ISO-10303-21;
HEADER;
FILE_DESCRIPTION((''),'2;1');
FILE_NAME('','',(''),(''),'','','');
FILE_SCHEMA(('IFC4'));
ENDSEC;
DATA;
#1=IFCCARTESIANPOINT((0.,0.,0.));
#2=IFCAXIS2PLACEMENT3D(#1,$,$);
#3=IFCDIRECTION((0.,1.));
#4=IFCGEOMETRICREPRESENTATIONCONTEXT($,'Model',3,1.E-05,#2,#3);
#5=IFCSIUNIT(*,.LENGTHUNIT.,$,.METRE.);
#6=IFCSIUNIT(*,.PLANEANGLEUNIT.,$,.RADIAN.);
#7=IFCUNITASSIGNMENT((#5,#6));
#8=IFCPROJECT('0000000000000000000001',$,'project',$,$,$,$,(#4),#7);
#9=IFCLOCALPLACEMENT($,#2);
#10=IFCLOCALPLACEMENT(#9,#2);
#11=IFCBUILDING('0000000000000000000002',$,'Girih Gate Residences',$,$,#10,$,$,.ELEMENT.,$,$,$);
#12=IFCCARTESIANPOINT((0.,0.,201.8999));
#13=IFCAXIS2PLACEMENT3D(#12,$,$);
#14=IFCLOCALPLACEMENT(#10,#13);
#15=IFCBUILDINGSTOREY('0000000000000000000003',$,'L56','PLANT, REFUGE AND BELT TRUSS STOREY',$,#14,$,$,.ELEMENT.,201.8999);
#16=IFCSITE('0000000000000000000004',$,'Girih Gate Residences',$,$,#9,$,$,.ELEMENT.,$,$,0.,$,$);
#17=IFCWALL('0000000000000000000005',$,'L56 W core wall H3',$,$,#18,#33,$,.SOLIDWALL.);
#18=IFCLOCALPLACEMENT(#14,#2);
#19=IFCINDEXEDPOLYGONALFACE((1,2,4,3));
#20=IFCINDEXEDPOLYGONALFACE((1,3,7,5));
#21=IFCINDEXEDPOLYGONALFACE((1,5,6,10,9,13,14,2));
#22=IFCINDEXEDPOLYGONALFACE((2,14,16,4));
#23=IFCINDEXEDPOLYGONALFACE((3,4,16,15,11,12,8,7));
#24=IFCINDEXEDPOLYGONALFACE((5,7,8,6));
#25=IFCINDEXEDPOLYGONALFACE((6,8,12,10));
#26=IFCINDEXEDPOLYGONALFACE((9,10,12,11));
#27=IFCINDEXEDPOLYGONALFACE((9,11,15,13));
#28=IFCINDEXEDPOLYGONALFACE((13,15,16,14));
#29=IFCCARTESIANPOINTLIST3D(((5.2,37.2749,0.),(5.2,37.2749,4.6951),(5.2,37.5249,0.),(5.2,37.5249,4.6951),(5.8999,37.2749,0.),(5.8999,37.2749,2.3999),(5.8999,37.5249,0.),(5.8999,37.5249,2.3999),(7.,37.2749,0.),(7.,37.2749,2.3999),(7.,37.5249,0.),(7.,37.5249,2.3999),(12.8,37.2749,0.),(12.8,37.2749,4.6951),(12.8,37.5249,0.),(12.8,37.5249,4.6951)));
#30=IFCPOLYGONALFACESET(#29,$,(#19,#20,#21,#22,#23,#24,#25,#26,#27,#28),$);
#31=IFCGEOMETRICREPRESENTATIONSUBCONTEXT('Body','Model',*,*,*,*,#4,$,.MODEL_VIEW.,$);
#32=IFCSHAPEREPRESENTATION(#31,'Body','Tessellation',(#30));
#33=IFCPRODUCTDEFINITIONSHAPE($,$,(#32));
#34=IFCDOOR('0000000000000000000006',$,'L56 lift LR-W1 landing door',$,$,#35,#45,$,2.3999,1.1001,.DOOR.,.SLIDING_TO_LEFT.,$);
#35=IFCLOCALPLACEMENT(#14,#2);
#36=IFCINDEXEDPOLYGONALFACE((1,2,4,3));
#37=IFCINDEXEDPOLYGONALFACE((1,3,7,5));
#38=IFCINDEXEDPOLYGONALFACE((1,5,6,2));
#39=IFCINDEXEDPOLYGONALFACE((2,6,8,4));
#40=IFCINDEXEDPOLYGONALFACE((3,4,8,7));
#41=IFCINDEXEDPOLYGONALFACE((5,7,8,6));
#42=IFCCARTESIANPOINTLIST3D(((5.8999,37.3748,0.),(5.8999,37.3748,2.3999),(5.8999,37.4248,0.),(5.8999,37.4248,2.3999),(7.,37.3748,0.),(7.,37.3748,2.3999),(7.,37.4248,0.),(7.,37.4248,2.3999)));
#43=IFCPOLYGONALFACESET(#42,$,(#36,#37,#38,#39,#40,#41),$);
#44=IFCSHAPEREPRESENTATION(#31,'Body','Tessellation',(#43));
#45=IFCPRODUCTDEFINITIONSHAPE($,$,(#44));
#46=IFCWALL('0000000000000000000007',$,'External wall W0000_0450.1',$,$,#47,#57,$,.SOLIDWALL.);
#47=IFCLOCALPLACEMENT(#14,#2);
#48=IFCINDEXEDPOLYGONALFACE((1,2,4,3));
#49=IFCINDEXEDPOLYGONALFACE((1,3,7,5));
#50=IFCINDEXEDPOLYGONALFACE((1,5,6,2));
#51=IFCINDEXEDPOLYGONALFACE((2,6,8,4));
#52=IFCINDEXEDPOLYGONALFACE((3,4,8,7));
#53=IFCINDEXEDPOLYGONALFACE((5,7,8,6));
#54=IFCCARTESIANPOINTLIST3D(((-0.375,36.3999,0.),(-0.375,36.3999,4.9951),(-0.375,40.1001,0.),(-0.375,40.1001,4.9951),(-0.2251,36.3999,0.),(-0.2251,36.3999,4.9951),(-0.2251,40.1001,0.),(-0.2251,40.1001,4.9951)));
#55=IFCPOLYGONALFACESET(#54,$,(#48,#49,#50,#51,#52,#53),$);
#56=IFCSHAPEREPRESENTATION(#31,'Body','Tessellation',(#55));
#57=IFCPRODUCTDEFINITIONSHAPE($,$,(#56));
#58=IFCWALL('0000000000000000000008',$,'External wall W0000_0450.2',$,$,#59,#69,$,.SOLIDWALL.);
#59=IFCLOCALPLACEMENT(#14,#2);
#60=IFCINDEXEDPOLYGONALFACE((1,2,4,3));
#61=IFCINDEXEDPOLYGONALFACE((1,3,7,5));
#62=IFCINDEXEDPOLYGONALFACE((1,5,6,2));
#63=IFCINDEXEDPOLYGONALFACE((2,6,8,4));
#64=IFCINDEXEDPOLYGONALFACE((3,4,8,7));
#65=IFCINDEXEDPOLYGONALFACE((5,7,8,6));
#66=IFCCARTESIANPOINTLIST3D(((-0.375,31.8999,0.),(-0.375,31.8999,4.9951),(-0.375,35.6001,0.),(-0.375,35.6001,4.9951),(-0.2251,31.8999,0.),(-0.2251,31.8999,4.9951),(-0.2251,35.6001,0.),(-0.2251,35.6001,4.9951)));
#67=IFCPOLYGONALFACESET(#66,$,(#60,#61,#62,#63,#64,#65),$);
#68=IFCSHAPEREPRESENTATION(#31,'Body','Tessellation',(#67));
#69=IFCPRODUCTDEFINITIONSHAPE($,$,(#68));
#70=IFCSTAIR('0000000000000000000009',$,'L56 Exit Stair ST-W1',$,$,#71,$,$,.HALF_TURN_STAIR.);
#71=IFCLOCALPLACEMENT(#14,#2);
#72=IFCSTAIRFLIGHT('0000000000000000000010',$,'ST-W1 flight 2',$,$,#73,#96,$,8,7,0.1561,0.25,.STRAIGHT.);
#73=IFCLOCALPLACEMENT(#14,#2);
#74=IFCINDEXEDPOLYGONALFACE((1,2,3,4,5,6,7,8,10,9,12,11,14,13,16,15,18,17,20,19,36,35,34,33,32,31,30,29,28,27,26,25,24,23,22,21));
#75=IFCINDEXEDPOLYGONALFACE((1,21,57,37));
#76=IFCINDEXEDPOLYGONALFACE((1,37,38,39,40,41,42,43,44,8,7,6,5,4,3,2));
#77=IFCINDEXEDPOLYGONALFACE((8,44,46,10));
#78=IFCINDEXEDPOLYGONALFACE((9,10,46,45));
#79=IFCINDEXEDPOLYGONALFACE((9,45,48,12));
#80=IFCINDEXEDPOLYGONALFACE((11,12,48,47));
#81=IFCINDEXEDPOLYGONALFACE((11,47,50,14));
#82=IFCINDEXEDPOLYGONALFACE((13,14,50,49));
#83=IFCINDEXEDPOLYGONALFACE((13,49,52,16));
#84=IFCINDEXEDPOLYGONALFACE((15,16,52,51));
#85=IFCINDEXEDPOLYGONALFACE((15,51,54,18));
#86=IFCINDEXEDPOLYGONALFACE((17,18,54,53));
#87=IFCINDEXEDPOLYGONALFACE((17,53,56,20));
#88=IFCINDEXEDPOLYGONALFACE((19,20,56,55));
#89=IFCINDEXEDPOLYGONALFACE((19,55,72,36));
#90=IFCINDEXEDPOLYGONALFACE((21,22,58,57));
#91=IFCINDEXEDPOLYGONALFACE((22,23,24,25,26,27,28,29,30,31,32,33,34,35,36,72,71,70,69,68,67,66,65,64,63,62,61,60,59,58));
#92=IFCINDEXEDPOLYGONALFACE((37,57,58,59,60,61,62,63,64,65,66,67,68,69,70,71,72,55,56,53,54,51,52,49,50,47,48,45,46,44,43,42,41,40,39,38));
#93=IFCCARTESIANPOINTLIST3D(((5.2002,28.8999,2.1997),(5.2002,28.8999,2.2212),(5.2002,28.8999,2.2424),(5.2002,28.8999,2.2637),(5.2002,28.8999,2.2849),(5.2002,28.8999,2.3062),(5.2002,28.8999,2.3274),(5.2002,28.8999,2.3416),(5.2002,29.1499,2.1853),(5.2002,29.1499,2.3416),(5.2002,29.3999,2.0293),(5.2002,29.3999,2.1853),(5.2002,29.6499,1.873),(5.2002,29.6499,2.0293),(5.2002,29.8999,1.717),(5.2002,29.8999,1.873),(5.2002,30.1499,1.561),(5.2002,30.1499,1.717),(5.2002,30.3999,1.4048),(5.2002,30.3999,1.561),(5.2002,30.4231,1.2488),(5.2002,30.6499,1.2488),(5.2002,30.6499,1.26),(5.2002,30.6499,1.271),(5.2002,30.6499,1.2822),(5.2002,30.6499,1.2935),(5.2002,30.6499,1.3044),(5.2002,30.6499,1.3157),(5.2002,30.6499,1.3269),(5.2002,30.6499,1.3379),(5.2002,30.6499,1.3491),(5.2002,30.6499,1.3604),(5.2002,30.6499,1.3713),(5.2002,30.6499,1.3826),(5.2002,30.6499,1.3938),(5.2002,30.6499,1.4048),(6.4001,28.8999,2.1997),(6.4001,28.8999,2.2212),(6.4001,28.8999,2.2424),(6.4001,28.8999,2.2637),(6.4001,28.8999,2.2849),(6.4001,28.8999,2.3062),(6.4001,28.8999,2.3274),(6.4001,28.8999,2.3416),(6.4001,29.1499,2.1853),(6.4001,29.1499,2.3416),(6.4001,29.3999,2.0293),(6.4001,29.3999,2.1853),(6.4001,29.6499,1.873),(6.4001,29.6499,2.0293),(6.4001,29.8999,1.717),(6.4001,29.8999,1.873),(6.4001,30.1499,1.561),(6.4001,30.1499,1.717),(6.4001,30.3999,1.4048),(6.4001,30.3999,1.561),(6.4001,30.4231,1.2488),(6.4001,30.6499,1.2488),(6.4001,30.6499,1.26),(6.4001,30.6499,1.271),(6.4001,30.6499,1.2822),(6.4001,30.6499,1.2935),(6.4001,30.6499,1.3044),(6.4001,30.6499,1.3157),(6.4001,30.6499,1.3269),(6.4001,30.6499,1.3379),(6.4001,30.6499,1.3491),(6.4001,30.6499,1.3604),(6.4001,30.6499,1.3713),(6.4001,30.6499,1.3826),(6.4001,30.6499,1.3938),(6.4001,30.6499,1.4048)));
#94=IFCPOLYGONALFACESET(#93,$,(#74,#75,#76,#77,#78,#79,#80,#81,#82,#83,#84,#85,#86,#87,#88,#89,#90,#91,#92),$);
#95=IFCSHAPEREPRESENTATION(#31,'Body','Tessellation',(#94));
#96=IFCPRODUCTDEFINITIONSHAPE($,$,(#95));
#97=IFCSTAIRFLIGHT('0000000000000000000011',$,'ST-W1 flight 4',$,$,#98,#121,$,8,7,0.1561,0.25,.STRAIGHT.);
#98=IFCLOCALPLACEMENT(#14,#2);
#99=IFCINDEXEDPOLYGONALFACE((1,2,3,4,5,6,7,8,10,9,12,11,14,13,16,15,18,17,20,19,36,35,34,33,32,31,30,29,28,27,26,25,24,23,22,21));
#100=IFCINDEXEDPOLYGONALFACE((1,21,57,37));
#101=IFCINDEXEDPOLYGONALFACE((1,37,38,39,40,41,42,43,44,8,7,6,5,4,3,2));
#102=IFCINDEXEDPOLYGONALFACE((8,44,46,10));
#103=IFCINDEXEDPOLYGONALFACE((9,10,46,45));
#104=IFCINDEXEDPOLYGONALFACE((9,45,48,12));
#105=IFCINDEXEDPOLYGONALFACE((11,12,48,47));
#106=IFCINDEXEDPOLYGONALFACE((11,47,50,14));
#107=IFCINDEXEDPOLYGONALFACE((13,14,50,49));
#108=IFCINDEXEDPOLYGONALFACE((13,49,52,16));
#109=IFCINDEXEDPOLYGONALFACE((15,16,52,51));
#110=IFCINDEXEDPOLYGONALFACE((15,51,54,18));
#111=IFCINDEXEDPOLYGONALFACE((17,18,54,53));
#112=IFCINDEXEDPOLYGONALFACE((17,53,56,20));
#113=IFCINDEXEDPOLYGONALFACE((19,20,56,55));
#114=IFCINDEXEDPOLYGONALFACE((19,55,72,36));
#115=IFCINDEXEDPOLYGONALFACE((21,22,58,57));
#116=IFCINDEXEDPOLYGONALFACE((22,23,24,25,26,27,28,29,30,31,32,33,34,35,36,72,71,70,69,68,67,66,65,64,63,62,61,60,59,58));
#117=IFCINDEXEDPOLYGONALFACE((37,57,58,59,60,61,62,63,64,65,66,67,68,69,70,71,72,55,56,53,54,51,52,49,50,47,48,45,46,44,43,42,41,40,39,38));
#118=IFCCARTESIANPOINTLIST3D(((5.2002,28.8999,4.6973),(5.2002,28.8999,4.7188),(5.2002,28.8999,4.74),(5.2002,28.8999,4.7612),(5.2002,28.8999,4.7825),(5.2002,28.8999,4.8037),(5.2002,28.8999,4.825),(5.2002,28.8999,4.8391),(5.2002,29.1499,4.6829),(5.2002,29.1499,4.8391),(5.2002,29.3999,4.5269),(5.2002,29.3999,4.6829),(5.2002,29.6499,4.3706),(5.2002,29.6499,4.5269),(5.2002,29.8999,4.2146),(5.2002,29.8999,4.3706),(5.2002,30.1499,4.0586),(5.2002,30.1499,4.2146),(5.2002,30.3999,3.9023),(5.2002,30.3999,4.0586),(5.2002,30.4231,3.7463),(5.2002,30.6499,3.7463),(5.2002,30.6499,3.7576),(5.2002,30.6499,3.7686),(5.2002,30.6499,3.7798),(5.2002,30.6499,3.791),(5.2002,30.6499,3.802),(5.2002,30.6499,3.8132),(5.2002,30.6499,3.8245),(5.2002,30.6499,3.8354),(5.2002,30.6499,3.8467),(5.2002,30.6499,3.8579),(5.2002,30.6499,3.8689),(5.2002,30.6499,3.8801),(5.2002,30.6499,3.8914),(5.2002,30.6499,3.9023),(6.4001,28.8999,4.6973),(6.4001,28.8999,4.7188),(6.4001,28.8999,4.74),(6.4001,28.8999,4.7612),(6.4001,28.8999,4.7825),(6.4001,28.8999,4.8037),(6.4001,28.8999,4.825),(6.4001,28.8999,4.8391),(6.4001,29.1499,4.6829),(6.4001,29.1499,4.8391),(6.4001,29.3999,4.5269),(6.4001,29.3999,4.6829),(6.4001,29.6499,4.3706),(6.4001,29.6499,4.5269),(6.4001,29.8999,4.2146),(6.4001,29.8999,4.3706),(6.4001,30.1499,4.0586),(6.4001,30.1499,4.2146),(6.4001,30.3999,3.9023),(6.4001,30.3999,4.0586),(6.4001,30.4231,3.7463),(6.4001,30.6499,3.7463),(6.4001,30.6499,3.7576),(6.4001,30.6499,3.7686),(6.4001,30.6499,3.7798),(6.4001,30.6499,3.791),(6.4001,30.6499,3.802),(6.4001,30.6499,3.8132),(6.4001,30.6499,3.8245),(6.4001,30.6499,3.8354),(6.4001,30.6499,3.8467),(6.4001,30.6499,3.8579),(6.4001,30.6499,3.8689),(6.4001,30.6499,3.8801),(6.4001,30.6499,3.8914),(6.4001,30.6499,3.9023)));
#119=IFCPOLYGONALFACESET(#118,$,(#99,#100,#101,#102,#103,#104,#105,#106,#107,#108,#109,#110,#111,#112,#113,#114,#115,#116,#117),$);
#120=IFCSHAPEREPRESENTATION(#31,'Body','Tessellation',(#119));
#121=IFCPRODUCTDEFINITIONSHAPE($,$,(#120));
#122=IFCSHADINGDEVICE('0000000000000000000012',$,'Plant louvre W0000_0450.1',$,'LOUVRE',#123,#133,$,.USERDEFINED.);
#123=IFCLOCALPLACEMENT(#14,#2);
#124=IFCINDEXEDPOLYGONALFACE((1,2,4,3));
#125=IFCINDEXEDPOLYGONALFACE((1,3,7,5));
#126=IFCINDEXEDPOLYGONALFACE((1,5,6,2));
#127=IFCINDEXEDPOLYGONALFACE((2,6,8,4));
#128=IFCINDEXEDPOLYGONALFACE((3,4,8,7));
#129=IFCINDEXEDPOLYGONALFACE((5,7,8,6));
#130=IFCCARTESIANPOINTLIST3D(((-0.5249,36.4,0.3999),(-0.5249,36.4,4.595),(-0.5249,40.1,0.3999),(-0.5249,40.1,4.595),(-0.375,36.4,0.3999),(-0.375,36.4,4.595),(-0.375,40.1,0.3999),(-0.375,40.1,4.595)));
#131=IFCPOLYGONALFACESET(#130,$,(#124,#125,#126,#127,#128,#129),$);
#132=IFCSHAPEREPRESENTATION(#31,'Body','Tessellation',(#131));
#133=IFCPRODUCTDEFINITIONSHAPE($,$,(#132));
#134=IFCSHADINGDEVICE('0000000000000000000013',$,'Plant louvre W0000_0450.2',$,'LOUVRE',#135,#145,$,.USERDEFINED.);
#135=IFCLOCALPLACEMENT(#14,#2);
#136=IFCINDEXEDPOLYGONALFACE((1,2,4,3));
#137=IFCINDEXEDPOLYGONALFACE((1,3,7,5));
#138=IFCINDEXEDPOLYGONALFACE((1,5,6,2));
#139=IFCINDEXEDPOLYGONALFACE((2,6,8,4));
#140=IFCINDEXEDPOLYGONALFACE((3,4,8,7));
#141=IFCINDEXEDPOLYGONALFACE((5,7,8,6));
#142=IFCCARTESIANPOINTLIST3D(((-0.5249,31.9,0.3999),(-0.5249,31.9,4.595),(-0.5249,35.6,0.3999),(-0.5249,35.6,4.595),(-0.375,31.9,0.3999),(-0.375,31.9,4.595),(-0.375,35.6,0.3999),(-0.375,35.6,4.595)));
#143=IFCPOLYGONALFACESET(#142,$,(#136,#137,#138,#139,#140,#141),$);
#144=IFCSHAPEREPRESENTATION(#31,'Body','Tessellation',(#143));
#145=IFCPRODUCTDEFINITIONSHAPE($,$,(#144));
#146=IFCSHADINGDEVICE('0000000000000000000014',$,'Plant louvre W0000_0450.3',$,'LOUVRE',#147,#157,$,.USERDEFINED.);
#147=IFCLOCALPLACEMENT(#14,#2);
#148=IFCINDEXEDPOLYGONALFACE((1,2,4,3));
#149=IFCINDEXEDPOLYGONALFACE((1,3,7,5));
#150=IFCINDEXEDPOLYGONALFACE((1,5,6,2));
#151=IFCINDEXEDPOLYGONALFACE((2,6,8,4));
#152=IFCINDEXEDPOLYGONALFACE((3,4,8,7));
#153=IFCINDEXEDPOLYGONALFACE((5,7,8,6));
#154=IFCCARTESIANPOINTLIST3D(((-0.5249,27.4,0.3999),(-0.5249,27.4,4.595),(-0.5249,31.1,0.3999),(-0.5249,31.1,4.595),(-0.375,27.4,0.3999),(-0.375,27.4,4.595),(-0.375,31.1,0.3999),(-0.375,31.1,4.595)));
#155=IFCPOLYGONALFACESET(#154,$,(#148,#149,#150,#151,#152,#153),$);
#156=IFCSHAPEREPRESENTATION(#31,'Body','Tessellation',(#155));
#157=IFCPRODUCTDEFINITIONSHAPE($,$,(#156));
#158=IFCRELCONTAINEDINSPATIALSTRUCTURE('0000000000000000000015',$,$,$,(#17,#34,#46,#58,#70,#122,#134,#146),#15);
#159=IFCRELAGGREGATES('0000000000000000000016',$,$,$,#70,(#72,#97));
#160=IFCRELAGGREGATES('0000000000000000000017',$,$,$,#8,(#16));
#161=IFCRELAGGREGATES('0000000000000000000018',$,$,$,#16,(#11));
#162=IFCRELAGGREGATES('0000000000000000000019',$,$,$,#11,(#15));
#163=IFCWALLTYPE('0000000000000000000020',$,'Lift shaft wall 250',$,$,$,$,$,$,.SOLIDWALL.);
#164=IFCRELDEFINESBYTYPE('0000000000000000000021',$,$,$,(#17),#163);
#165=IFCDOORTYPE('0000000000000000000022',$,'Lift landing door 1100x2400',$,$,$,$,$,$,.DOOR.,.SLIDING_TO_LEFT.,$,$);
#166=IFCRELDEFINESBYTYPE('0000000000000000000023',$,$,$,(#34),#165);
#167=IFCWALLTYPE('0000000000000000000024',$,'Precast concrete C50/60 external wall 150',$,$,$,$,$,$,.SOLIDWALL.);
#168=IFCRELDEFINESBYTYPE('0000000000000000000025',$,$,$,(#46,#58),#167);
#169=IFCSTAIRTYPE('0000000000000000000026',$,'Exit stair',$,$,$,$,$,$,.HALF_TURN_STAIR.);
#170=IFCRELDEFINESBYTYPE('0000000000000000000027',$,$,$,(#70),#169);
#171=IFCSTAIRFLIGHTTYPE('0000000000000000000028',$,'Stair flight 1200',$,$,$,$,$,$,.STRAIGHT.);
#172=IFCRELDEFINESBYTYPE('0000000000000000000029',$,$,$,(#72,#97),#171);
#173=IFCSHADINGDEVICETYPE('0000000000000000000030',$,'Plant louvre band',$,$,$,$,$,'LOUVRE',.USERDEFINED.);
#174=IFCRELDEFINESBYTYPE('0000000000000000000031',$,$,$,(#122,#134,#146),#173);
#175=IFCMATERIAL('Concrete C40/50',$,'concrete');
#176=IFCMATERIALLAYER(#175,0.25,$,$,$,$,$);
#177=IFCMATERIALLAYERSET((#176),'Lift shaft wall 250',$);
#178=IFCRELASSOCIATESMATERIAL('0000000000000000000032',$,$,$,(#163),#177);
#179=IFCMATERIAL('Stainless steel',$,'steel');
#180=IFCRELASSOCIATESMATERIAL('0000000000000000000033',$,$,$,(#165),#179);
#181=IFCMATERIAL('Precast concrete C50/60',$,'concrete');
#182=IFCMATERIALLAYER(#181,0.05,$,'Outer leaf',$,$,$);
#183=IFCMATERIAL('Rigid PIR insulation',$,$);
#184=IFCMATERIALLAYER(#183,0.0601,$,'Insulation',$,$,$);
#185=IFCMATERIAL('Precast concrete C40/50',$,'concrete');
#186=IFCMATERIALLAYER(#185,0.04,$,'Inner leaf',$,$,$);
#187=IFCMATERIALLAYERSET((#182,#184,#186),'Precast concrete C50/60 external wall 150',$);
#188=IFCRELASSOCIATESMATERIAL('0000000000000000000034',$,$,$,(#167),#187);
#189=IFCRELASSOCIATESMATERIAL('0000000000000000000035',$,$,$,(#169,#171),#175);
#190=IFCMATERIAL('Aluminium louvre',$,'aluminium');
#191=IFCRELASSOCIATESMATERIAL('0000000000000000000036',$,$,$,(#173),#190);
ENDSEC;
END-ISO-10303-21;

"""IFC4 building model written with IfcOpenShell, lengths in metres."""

from ifc_helpers import new_model, si_unit, direction, frame, frame_2d, origin, origin_2d, place, context, subcontext, project, spatial, polyline, rectangle, outline, extrude, material, layer, layer_set, type_object, element, fill, aggregate, save


model = new_model("IFC4")

# Units and contexts
model_context = context("Model", 3, precision=1e-05, world=origin(), true_north=direction((0.0, 1.0)))
body_context = subcontext(model_context, "Body", "Model", "MODEL_VIEW")
ifc_project = project(units=[si_unit("LENGTHUNIT", "METRE"), si_unit("PLANEANGLEUNIT", "RADIAN")], contexts=[model_context])

# Site, building, storey
site_placement = place(None, origin())
site = spatial("IfcSite", under=ifc_project, at=site_placement, Name="Girih Gate Residences", CompositionType="ELEMENT", RefElevation=0.0)
building_placement = place(site_placement, origin())
building = spatial("IfcBuilding", under=site, at=building_placement, Name="Girih Gate Residences", CompositionType="ELEMENT")
storey_placement = place(building_placement, frame((0.0, 0.0, 201.8999)))
storey = spatial("IfcBuildingStorey", under=building, at=storey_placement, Name="L56", Description="PLANT, REFUGE AND BELT TRUSS STOREY", CompositionType="ELEMENT", Elevation=201.8999)

# Shared definitions
ifc_material_1 = material(Name="Concrete C40/50", Category="concrete")
ifc_layer_1 = layer(ifc_material_1, 0.25)
ifc_layer_set_1 = layer_set([ifc_layer_1], Name="Lift shaft wall 250")
wall_type_1 = type_object("IfcWallType", Name="Lift shaft wall 250", PredefinedType="SOLIDWALL", material=ifc_layer_set_1)

# Shared definitions
ifc_material_2 = material(Name="Stainless steel", Category="steel")
door_type_1 = type_object("IfcDoorType", Name="Lift landing door 1100x2400", OperationType="SLIDING_TO_LEFT", PredefinedType="DOOR", material=ifc_material_2)

# Wall, opening, door
wall_1_placement = place(storey_placement, frame((5.2, 37.3999, 0.0), z_axis=(0.0, 0.0, 1.0), x_axis=(1.0, 0.0, 0.0)))
wall_1 = element("IfcWall", 1, at=wall_1_placement, inside=storey, type_object=wall_type_1, Name="L56 W core wall H3", PredefinedType="SOLIDWALL", context=body_context, shape_type="SweptSolid", body=[
    extrude(rectangle(XDim=7.6001, YDim=0.25, at=frame_2d((3.8, 0.0))), origin(), (0.0, 0.0, 1.0), 4.6951),
])
opening_1_placement = place(wall_1_placement, frame((0.7, 0.0, 0.0)))
opening_1 = element("IfcOpeningElement", 2, at=opening_1_placement, cuts=wall_1, PredefinedType="OPENING", context=body_context, shape_type="SweptSolid", body=[
    extrude(rectangle(XDim=1.1001, YDim=2.3999, at=frame_2d((0.55, 1.2))), frame((0.0, 0.135, 0.0), z_axis=(0.0, -1.0, 0.0), x_axis=(1.0, 0.0, 0.0)), (0.0, 0.0, 1.0), 0.27),
])
door_1_placement = place(opening_1_placement, origin())
door_1 = element("IfcDoor", 3, at=door_1_placement, inside=storey, type_object=door_type_1, Name="L56 lift LR-W1 landing door", OperationType="SLIDING_TO_LEFT", OverallHeight=2.3999, OverallWidth=1.1001, PredefinedType="DOOR", context=body_context, shape_type="SweptSolid", body=[
    extrude(rectangle(XDim=1.1001, YDim=2.3999, at=frame_2d((0.55, 1.2))), frame((0.0, 0.0249, 0.0), z_axis=(0.0, -1.0, 0.0), x_axis=(1.0, 0.0, 0.0)), (0.0, 0.0, 1.0), 0.05),
])
fill(opening_1, door_1)

# Walls
ifc_material_3 = material(Name="Precast concrete C50/60", Category="concrete")
ifc_layer_2 = layer(ifc_material_3, 0.05, Name="Outer leaf")
ifc_material_4 = material(Name="Rigid PIR insulation")
ifc_layer_3 = layer(ifc_material_4, 0.0601, Name="Insulation")
ifc_material_5 = material(Name="Precast concrete C40/50", Category="concrete")
ifc_layer_4 = layer(ifc_material_5, 0.04, Name="Inner leaf")
ifc_layer_set_2 = layer_set([ifc_layer_2, ifc_layer_3, ifc_layer_4], Name="Precast concrete C50/60 external wall 150")
wall_type_2 = type_object("IfcWallType", Name="Precast concrete C50/60 external wall 150", PredefinedType="SOLIDWALL", material=ifc_layer_set_2)
for number, where, z_axis, x_axis, name in (
    (4, (-0.3, 36.3999, 0.0), (0.0, 0.0, 1.0), (0.0, 1.0, 0.0), "External wall W0000_0450.1"),
    (5, (-0.3, 31.8999, 0.0), (0.0, 0.0, 1.0), (0.0, 1.0, 0.0), "External wall W0000_0450.2"),
):
    element("IfcWall", number, at=place(storey_placement, frame(where, z_axis=z_axis, x_axis=x_axis)), inside=storey, type_object=wall_type_2, Name=name, PredefinedType="SOLIDWALL", context=body_context, shape_type="SweptSolid", body=[
        extrude(rectangle(XDim=3.7002, YDim=0.1499, at=frame_2d((1.8501, 0.0))), origin(), (0.0, 0.0, 1.0), 4.9951),
    ])

# Stair, stair flights
stair_type = type_object("IfcStairType", Name="Exit stair", PredefinedType="HALF_TURN_STAIR", material=ifc_material_1)
stair_placement = place(storey_placement, origin())
stair = element("IfcStair", 6, at=stair_placement, inside=storey, type_object=stair_type, Name="L56 Exit Stair ST-W1", PredefinedType="HALF_TURN_STAIR")
stair_flight_type = type_object("IfcStairFlightType", Name="Stair flight 1200", PredefinedType="STRAIGHT", material=ifc_material_1)
stair_flight_1_placement = place(storey_placement, frame((5.8, 30.6499, 1.2488), z_axis=(0.0, 0.0, 1.0), x_axis=(0.0, -1.0, 0.0)))
stair_flight_1 = element("IfcStairFlight", 7, at=stair_flight_1_placement, type_object=stair_flight_type, Name="ST-W1 flight 2", NumberOfRisers=8, NumberOfTreads=7, PredefinedType="STRAIGHT", RiserHeight=0.1561, TreadLength=0.25, context=body_context, shape_type="SweptSolid", body=[
    extrude(outline(polyline([(0.0, 0.0), (0.0, 0.0112), (0.0, 0.0222), (0.0, 0.0334), (0.0, 0.0447), (0.0, 0.0557), (0.0, 0.0669), (0.0, 0.0781), (0.0, 0.0891), (0.0, 0.1003), (0.0, 0.1116), (0.0, 0.1226), (0.0, 0.1338), (0.0, 0.145), (0.0, 0.156), (0.25, 0.156), (0.25, 0.3123), (0.5, 0.3123), (0.5, 0.4683), (0.75, 0.4683), (0.75, 0.6243), (1.0, 0.6243), (1.0, 0.7805), (1.25, 0.7805), (1.25, 0.9365), (1.5, 0.9365), (1.5, 1.0928), (1.75, 1.0928), (1.75, 1.1038), (1.75, 1.115), (1.75, 1.1262), (1.75, 1.1372), (1.75, 1.1484), (1.75, 1.1597), (1.75, 1.1707), (1.75, 1.1819), (1.75, 1.1931), (1.75, 1.2041), (1.75, 1.2153), (1.75, 1.2266), (1.75, 1.2375), (1.75, 1.2488), (1.75, 1.2275), (1.75, 1.2063), (1.75, 1.1851), (1.75, 1.1636), (1.75, 1.1423), (1.75, 1.1211), (1.75, 1.0999), (1.75, 1.0786), (1.75, 1.0574), (1.75, 1.0361), (1.75, 1.0149), (1.75, 0.9937), (1.75, 0.9724), (1.75, 0.9509), (0.2268, 0.0), (0.0, 0.0)])), frame((0.0, 0.6001, 0.0), z_axis=(0.0, -1.0, 0.0), x_axis=(1.0, 0.0, 0.0)), (0.0, 0.0, 1.0), 1.2),
])
stair_flight_2_placement = place(storey_placement, frame((5.8, 30.6499, 3.7463), z_axis=(0.0, 0.0, 1.0), x_axis=(0.0, -1.0, 0.0)))
stair_flight_2 = element("IfcStairFlight", 8, at=stair_flight_2_placement, type_object=stair_flight_type, Name="ST-W1 flight 4", NumberOfRisers=8, NumberOfTreads=7, PredefinedType="STRAIGHT", RiserHeight=0.1561, TreadLength=0.25, context=body_context, shape_type="SweptSolid", body=[
    extrude(outline(polyline([(0.0, 0.0), (0.0, 0.0112), (0.0, 0.0222), (0.0, 0.0334), (0.0, 0.0447), (0.0, 0.0557), (0.0, 0.0669), (0.0, 0.0781), (0.0, 0.0891), (0.0, 0.1003), (0.0, 0.1116), (0.0, 0.1226), (0.0, 0.1338), (0.0, 0.145), (0.0, 0.156), (0.25, 0.156), (0.25, 0.3123), (0.5, 0.3123), (0.5, 0.4683), (0.75, 0.4683), (0.75, 0.6243), (1.0, 0.6243), (1.0, 0.7805), (1.25, 0.7805), (1.25, 0.9365), (1.5, 0.9365), (1.5, 1.0928), (1.75, 1.0928), (1.75, 1.1038), (1.75, 1.115), (1.75, 1.1262), (1.75, 1.1372), (1.75, 1.1484), (1.75, 1.1597), (1.75, 1.1707), (1.75, 1.1819), (1.75, 1.1931), (1.75, 1.2041), (1.75, 1.2153), (1.75, 1.2266), (1.75, 1.2375), (1.75, 1.2488), (1.75, 1.2275), (1.75, 1.2063), (1.75, 1.1851), (1.75, 1.1636), (1.75, 1.1423), (1.75, 1.1211), (1.75, 1.0999), (1.75, 1.0786), (1.75, 1.0574), (1.75, 1.0361), (1.75, 1.0149), (1.75, 0.9937), (1.75, 0.9724), (1.75, 0.9509), (0.2268, 0.0), (0.0, 0.0)])), frame((0.0, 0.6001, 0.0), z_axis=(0.0, -1.0, 0.0), x_axis=(1.0, 0.0, 0.0)), (0.0, 0.0, 1.0), 1.2),
])
aggregate(stair, [stair_flight_1, stair_flight_2])

# Shading devices
ifc_material_6 = material(Name="Aluminium louvre", Category="aluminium")
shading_device_type = type_object("IfcShadingDeviceType", Name="Plant louvre band", ElementType="LOUVRE", PredefinedType="USERDEFINED", material=ifc_material_6)
for number, where, z_axis, x_axis, name in (
    (9, (-0.45, 38.25, 0.3999), (0.0, 0.0, 1.0), (0.0, -1.0, 0.0), "Plant louvre W0000_0450.1"),
    (10, (-0.45, 33.75, 0.3999), (0.0, 0.0, 1.0), (0.0, -1.0, 0.0), "Plant louvre W0000_0450.2"),
    (11, (-0.45, 29.25, 0.3999), (0.0, 0.0, 1.0), (0.0, -1.0, 0.0), "Plant louvre W0000_0450.3"),
):
    element("IfcShadingDevice", number, at=place(storey_placement, frame(where, z_axis=z_axis, x_axis=x_axis)), inside=storey, type_object=shading_device_type, Name=name, ObjectType="LOUVRE", PredefinedType="USERDEFINED", context=body_context, shape_type="SweptSolid", body=[
        extrude(rectangle(XDim=3.7, YDim=0.1499, at=origin_2d()), origin(), (0.0, 0.0, 1.0), 4.1951),
    ])

save(model, "model.ifc")
